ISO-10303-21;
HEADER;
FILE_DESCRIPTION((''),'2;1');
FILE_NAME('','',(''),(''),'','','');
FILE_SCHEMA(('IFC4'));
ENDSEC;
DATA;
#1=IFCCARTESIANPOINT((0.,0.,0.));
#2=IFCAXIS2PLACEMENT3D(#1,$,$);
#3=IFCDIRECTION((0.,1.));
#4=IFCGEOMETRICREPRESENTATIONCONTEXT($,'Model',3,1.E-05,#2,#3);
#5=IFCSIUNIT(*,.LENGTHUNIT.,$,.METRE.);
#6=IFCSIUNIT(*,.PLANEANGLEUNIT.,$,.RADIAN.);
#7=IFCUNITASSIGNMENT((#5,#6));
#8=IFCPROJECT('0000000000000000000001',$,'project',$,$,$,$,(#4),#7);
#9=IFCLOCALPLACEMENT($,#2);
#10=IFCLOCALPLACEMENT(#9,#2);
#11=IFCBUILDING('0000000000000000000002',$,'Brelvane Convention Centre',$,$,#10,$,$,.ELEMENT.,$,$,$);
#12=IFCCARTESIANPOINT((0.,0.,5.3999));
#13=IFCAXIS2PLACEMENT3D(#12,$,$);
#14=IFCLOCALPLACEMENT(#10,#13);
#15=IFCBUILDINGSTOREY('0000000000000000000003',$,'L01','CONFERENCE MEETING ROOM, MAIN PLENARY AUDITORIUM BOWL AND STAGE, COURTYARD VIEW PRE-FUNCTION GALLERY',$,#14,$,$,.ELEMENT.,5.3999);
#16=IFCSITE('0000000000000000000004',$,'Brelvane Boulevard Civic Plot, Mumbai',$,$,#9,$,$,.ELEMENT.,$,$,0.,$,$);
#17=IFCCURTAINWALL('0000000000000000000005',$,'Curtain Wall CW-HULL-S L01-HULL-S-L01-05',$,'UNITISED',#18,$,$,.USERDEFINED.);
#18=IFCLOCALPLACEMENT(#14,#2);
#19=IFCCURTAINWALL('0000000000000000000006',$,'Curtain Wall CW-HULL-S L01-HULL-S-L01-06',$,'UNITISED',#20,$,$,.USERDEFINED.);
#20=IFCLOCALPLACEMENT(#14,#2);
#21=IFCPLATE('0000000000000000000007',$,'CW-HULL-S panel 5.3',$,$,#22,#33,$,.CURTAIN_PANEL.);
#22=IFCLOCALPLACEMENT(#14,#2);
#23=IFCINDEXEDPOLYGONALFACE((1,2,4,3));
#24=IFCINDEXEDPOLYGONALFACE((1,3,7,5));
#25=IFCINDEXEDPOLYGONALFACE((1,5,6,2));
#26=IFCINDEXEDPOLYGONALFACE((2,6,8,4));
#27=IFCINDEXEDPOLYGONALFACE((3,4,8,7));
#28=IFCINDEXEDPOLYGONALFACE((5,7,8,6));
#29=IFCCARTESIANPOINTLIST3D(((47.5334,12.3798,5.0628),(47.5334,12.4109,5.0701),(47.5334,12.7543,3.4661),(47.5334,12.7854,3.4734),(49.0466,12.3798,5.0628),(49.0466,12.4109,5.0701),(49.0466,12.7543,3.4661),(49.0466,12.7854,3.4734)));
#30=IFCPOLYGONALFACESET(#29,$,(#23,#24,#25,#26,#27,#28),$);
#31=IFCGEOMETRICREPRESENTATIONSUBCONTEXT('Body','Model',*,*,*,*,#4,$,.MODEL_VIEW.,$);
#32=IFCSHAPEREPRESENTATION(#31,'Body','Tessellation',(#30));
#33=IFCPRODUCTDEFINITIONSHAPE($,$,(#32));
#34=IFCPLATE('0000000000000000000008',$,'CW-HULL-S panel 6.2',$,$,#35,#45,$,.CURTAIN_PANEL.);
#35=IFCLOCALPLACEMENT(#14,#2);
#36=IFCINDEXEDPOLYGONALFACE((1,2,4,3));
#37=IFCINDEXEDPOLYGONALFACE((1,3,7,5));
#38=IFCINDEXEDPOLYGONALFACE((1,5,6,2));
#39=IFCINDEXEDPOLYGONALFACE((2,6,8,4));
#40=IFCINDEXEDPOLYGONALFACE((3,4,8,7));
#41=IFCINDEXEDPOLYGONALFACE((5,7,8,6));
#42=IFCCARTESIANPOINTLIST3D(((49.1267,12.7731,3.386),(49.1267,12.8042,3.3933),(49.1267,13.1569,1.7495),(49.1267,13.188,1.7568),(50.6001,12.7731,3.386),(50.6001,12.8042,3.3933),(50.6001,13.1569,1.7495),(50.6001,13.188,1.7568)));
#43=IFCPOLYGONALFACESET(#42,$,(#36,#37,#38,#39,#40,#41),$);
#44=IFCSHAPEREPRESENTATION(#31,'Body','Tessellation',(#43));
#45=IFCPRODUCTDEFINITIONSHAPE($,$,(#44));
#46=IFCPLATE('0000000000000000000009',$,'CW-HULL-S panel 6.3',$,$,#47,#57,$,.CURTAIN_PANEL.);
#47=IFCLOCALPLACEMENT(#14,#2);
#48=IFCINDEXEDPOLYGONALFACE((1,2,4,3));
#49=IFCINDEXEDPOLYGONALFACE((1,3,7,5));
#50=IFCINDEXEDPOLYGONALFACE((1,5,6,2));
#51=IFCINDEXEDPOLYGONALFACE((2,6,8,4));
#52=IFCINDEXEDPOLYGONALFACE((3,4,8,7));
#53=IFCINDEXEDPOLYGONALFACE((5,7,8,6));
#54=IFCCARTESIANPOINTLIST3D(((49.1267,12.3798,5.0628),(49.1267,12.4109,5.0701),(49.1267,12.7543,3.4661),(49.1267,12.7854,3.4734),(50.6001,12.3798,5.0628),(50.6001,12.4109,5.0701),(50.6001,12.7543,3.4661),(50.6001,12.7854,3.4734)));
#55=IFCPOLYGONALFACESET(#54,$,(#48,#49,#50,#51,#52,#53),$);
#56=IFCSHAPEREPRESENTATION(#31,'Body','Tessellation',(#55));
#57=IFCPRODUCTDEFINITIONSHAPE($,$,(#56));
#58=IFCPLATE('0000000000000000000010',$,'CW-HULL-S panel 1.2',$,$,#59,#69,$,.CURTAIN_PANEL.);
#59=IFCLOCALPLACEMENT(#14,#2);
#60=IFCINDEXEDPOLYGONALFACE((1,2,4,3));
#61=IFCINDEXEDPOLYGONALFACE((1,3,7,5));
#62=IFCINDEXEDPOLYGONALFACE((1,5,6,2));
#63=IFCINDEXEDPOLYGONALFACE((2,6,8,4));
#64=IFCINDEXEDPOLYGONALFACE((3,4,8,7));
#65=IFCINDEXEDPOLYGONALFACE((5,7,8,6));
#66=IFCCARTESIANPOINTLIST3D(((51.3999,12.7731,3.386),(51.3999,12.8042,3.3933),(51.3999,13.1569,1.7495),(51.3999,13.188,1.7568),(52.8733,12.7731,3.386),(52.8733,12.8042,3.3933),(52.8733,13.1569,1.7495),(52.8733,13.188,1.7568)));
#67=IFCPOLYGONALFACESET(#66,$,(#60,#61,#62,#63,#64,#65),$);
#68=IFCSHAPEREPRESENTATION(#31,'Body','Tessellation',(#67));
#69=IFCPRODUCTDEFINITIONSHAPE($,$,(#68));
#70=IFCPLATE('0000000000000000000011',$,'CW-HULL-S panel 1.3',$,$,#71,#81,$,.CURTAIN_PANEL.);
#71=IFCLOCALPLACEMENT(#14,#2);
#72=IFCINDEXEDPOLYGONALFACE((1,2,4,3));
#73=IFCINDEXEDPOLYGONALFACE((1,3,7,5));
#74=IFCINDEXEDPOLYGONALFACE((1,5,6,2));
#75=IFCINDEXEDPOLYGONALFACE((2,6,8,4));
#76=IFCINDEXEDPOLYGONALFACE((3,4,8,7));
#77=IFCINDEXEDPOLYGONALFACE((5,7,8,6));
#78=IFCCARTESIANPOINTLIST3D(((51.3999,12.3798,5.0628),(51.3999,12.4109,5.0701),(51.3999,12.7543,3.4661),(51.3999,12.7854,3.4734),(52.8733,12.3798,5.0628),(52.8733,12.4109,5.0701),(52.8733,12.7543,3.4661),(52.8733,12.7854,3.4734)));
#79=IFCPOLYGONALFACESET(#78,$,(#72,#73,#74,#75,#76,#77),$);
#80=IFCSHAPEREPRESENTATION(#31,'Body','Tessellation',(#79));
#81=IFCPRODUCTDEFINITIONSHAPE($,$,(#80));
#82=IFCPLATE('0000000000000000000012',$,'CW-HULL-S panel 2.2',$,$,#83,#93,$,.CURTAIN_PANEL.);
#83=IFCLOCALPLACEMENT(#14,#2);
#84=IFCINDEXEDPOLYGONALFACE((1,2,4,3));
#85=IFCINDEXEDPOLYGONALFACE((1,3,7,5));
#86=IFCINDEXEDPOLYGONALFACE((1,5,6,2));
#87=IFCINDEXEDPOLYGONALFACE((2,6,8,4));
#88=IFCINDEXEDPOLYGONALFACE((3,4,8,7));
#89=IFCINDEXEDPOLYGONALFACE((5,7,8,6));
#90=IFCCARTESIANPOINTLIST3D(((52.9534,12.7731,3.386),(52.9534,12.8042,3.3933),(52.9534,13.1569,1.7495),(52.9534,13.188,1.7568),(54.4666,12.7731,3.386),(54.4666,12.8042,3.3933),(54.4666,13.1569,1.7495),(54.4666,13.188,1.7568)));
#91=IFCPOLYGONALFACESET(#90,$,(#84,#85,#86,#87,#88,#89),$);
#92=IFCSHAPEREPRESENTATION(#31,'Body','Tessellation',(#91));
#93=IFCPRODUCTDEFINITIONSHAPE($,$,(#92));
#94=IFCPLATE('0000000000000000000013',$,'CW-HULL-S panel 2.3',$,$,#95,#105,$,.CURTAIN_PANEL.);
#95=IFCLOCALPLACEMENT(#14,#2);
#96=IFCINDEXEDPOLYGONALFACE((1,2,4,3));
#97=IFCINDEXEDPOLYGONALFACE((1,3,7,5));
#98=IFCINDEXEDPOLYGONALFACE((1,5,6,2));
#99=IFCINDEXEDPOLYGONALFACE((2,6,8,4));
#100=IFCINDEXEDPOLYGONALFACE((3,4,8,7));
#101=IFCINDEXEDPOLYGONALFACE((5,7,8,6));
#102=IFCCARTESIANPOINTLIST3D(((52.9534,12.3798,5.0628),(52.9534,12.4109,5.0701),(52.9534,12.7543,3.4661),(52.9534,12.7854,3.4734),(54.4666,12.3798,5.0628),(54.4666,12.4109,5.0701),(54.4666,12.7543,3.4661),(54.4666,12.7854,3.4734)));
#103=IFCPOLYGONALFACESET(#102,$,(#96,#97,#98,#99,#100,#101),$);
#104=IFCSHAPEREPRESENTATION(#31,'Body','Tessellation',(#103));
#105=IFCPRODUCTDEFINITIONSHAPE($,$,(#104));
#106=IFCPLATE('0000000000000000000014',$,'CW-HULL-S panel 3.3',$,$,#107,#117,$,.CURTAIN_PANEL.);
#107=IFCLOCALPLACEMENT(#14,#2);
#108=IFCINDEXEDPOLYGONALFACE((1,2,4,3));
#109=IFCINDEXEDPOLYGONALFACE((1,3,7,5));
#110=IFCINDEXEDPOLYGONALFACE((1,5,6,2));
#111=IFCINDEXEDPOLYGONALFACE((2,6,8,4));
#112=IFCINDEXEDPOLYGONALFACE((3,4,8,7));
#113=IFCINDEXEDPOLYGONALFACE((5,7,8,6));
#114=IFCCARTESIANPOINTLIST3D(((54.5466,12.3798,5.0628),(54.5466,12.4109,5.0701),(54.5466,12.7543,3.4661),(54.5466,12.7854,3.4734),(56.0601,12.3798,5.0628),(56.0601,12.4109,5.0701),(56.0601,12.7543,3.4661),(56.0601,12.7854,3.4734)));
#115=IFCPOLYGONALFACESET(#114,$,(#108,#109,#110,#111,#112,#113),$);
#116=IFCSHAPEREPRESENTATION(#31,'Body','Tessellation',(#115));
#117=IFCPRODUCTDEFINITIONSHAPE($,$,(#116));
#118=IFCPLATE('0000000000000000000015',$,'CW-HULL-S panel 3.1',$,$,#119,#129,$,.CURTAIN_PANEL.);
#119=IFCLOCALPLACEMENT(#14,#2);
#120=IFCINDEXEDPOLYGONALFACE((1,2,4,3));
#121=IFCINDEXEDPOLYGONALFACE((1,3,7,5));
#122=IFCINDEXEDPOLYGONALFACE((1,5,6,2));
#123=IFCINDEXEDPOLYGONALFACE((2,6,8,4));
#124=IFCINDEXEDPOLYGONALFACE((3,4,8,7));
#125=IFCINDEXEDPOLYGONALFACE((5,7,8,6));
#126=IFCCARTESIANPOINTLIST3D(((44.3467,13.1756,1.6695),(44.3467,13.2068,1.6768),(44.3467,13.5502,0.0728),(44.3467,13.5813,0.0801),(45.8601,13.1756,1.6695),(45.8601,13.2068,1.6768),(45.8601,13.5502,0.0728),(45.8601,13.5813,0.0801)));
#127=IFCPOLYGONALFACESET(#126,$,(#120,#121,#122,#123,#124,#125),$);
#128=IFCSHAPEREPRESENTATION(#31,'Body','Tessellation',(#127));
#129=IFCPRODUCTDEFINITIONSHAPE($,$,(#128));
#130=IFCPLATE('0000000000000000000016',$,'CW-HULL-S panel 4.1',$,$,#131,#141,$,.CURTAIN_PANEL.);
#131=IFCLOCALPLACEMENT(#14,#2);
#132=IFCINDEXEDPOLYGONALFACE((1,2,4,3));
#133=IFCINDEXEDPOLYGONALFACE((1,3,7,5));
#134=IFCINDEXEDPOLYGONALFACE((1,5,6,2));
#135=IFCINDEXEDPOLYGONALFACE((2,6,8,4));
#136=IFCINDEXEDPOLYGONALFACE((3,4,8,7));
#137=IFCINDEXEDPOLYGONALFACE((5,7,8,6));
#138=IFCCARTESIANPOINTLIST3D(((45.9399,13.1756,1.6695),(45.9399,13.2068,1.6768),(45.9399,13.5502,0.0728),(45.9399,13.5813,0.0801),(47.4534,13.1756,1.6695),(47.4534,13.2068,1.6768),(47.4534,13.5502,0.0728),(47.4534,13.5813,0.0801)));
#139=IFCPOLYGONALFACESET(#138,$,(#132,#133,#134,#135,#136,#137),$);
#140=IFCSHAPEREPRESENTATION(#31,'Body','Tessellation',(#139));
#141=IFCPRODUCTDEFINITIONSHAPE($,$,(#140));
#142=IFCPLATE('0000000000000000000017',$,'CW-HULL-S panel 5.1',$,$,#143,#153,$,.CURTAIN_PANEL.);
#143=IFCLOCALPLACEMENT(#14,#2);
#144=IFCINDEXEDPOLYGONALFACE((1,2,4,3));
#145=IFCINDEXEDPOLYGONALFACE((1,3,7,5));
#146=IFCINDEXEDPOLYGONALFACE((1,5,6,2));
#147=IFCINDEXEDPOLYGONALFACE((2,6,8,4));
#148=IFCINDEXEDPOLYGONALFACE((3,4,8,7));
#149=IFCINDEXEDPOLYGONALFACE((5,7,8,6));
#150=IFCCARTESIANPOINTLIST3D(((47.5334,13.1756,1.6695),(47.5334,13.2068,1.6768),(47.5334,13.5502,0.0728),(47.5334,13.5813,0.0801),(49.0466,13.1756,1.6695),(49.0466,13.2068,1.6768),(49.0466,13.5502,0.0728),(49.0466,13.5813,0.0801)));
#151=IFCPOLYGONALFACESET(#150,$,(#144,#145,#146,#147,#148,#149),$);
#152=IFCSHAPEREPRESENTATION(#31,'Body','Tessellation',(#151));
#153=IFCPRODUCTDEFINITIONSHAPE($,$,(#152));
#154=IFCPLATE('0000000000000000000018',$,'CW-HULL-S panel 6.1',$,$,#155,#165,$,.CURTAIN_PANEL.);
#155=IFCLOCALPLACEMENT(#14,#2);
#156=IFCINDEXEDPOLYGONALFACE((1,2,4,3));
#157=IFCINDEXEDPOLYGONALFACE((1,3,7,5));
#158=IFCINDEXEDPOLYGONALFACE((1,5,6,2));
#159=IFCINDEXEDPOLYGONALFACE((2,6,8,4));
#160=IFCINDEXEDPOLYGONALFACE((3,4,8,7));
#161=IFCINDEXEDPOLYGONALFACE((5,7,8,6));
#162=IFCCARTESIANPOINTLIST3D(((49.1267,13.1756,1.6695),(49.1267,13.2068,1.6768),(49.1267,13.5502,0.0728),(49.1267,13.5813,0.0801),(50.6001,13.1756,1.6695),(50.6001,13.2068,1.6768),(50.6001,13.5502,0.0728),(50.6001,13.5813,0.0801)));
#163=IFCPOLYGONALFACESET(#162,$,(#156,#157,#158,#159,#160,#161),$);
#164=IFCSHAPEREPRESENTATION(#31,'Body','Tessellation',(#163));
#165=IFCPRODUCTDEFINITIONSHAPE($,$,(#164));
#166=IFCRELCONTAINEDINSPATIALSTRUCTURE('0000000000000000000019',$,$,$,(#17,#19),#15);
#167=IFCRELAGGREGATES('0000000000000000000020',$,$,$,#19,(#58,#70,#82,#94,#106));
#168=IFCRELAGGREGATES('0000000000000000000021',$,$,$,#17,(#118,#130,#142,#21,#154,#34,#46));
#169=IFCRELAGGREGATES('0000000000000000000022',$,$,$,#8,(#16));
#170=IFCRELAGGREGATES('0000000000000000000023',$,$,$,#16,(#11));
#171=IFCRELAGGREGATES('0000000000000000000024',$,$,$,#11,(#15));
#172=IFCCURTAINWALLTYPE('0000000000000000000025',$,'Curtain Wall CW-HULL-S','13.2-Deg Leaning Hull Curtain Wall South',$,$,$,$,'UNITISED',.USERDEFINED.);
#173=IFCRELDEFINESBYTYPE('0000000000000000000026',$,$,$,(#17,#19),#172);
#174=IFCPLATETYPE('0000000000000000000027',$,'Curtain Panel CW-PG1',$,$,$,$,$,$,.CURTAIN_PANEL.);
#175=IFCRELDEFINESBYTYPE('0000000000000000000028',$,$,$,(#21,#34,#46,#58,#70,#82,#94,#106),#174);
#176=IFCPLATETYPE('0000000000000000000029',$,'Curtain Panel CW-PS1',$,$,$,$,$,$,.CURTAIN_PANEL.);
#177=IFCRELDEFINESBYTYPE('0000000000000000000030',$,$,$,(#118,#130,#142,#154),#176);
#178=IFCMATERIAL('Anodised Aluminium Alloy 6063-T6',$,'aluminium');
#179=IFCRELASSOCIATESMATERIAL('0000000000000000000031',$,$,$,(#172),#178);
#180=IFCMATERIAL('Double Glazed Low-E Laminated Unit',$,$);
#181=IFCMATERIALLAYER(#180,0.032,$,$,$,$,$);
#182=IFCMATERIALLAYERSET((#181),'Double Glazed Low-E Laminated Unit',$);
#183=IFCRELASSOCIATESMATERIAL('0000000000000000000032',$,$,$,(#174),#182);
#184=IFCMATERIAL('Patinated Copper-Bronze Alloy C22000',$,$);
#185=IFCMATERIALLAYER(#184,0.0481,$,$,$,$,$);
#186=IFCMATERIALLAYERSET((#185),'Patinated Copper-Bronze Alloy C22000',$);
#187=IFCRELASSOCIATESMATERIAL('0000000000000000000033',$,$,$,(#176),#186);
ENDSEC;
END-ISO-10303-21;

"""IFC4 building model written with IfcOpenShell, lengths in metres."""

from ifc_helpers import new_model, si_unit, direction, frame, origin, place, context, subcontext, project, spatial, polyline, outline, extrude, material, layer, layer_set, type_object, element, aggregate, save


model = new_model("IFC4")

# Units and contexts
model_context = context("Model", 3, precision=1e-05, world=origin(), true_north=direction((0.0, 1.0)))
body_context = subcontext(model_context, "Body", "Model", "MODEL_VIEW")
ifc_project = project(units=[si_unit("LENGTHUNIT", "METRE"), si_unit("PLANEANGLEUNIT", "RADIAN")], contexts=[model_context])

# Site, building, storey
site_placement = place(None, origin())
site = spatial("IfcSite", under=ifc_project, at=site_placement, Name="Brelvane Boulevard Civic Plot, Mumbai", CompositionType="ELEMENT", RefElevation=0.0)
building_placement = place(site_placement, origin())
building = spatial("IfcBuilding", under=site, at=building_placement, Name="Brelvane Convention Centre", CompositionType="ELEMENT")
storey_placement = place(building_placement, frame((0.0, 0.0, 5.3999)))
storey = spatial("IfcBuildingStorey", under=building, at=storey_placement, Name="L01", Description="CONFERENCE MEETING ROOM, MAIN PLENARY AUDITORIUM BOWL AND STAGE, COURTYARD VIEW PRE-FUNCTION GALLERY", CompositionType="ELEMENT", Elevation=5.3999)

# Curtain walls
ifc_material_1 = material(Name="Anodised Aluminium Alloy 6063-T6", Category="aluminium")
curtain_wall_type = type_object("IfcCurtainWallType", Name="Curtain Wall CW-HULL-S", Description="13.2-Deg Leaning Hull Curtain Wall South", ElementType="UNITISED", PredefinedType="USERDEFINED", material=ifc_material_1)
curtain_wall_1_placement = place(storey_placement, origin())
curtain_wall_1 = element("IfcCurtainWall", 1, at=curtain_wall_1_placement, inside=storey, type_object=curtain_wall_type, Name="Curtain Wall CW-HULL-S L01-HULL-S-L01-05", ObjectType="UNITISED", PredefinedType="USERDEFINED")
curtain_wall_2_placement = place(storey_placement, origin())
curtain_wall_2 = element("IfcCurtainWall", 2, at=curtain_wall_2_placement, inside=storey, type_object=curtain_wall_type, Name="Curtain Wall CW-HULL-S L01-HULL-S-L01-06", ObjectType="UNITISED", PredefinedType="USERDEFINED")

# Plates
ifc_material_2 = material(Name="Double Glazed Low-E Laminated Unit")
ifc_layer_1 = layer(ifc_material_2, 0.032)
ifc_layer_set_1 = layer_set([ifc_layer_1], Name="Double Glazed Low-E Laminated Unit")
plate_type_1 = type_object("IfcPlateType", Name="Curtain Panel CW-PG1", PredefinedType="CURTAIN_PANEL", material=ifc_layer_set_1)
plate_1_placement = place(storey_placement, frame((47.5334, 12.7854, 3.4734), z_axis=(0.0, 0.973577, 0.228359), x_axis=(1.0, 0.0, 0.0)))
plate_1 = element("IfcPlate", 3, at=plate_1_placement, type_object=plate_type_1, Name="CW-HULL-S panel 5.3", PredefinedType="CURTAIN_PANEL", context=body_context, shape_type="SweptSolid", body=[
    extrude(outline(polyline([(0.0, 0.0), (1.5132, 0.0), (1.5132, -1.64), (0.0, -1.64), (0.0, 0.0)])), origin(), (0.0, 0.0, -1.0), 0.032),
])
plate_2_placement = place(storey_placement, frame((49.1267, 13.188, 1.7568), z_axis=(0.0, 0.973585, 0.228327), x_axis=(1.0, 0.0, 0.0)))
plate_2 = element("IfcPlate", 4, at=plate_2_placement, type_object=plate_type_1, Name="CW-HULL-S panel 6.2", PredefinedType="CURTAIN_PANEL", context=body_context, shape_type="SweptSolid", body=[
    extrude(outline(polyline([(0.0, 0.0), (1.4734, 0.0), (1.4734, -1.6809), (0.0, -1.6809), (0.0, 0.0)])), origin(), (0.0, 0.0, -1.0), 0.032),
])
plate_3_placement = place(storey_placement, frame((49.1267, 12.7854, 3.4734), z_axis=(0.0, 0.973577, 0.228359), x_axis=(1.0, 0.0, 0.0)))
plate_3 = element("IfcPlate", 5, at=plate_3_placement, type_object=plate_type_1, Name="CW-HULL-S panel 6.3", PredefinedType="CURTAIN_PANEL", context=body_context, shape_type="SweptSolid", body=[
    extrude(outline(polyline([(0.0, 0.0), (1.4734, 0.0), (1.4734, -1.64), (0.0, -1.64), (0.0, 0.0)])), origin(), (0.0, 0.0, -1.0), 0.032),
])
plate_4_placement = place(storey_placement, frame((51.3999, 13.188, 1.7568), z_axis=(0.0, 0.973585, 0.228327), x_axis=(1.0, 0.0, 0.0)))
plate_4 = element("IfcPlate", 6, at=plate_4_placement, type_object=plate_type_1, Name="CW-HULL-S panel 1.2", PredefinedType="CURTAIN_PANEL", context=body_context, shape_type="SweptSolid", body=[
    extrude(outline(polyline([(0.0, 0.0), (1.4734, 0.0), (1.4734, -1.6809), (0.0, -1.6809), (0.0, 0.0)])), origin(), (0.0, 0.0, -1.0), 0.032),
])
plate_5_placement = place(storey_placement, frame((51.3999, 12.7854, 3.4734), z_axis=(0.0, 0.973577, 0.228359), x_axis=(1.0, 0.0, 0.0)))
plate_5 = element("IfcPlate", 7, at=plate_5_placement, type_object=plate_type_1, Name="CW-HULL-S panel 1.3", PredefinedType="CURTAIN_PANEL", context=body_context, shape_type="SweptSolid", body=[
    extrude(outline(polyline([(0.0, 0.0), (1.4734, 0.0), (1.4734, -1.64), (0.0, -1.64), (0.0, 0.0)])), origin(), (0.0, 0.0, -1.0), 0.032),
])
plate_6_placement = place(storey_placement, frame((52.9534, 13.188, 1.7568), z_axis=(0.0, 0.973585, 0.228327), x_axis=(1.0, 0.0, 0.0)))
plate_6 = element("IfcPlate", 8, at=plate_6_placement, type_object=plate_type_1, Name="CW-HULL-S panel 2.2", PredefinedType="CURTAIN_PANEL", context=body_context, shape_type="SweptSolid", body=[
    extrude(outline(polyline([(0.0, 0.0), (1.5132, 0.0), (1.5132, -1.6809), (0.0, -1.6809), (0.0, 0.0)])), origin(), (0.0, 0.0, -1.0), 0.032),
])
plate_7_placement = place(storey_placement, frame((52.9534, 12.7854, 3.4734), z_axis=(0.0, 0.973577, 0.228359), x_axis=(1.0, 0.0, 0.0)))
plate_7 = element("IfcPlate", 9, at=plate_7_placement, type_object=plate_type_1, Name="CW-HULL-S panel 2.3", PredefinedType="CURTAIN_PANEL", context=body_context, shape_type="SweptSolid", body=[
    extrude(outline(polyline([(0.0, 0.0), (1.5132, 0.0), (1.5132, -1.64), (0.0, -1.64), (0.0, 0.0)])), origin(), (0.0, 0.0, -1.0), 0.032),
])
plate_8_placement = place(storey_placement, frame((54.5466, 12.7854, 3.4734), z_axis=(0.0, 0.973577, 0.228359), x_axis=(1.0, 0.0, 0.0)))
plate_8 = element("IfcPlate", 10, at=plate_8_placement, type_object=plate_type_1, Name="CW-HULL-S panel 3.3", PredefinedType="CURTAIN_PANEL", context=body_context, shape_type="SweptSolid", body=[
    extrude(outline(polyline([(0.0, 0.0), (1.5134, 0.0), (1.5134, -1.64), (0.0, -1.64), (0.0, 0.0)])), origin(), (0.0, 0.0, -1.0), 0.032),
])
aggregate(curtain_wall_2, [plate_4, plate_5, plate_6, plate_7, plate_8])
ifc_material_3 = material(Name="Patinated Copper-Bronze Alloy C22000")
ifc_layer_2 = layer(ifc_material_3, 0.0481)
ifc_layer_set_2 = layer_set([ifc_layer_2], Name="Patinated Copper-Bronze Alloy C22000")
plate_type_2 = type_object("IfcPlateType", Name="Curtain Panel CW-PS1", PredefinedType="CURTAIN_PANEL", material=ifc_layer_set_2)
plate_9_placement = place(storey_placement, frame((44.3467, 13.5813, 0.0801), z_axis=(0.0, 0.973577, 0.228359), x_axis=(1.0, 0.0, 0.0)))
plate_9 = element("IfcPlate", 11, at=plate_9_placement, type_object=plate_type_2, Name="CW-HULL-S panel 3.1", PredefinedType="CURTAIN_PANEL", context=body_context, shape_type="SweptSolid", body=[
    extrude(outline(polyline([(0.0, 0.0), (1.5134, 0.0), (1.5134, -1.64), (0.0, -1.64), (0.0, 0.0)])), origin(), (0.0, 0.0, -1.0), 0.032),
])
plate_10_placement = place(storey_placement, frame((45.9399, 13.5813, 0.0801), z_axis=(0.0, 0.973577, 0.228359), x_axis=(1.0, 0.0, 0.0)))
plate_10 = element("IfcPlate", 12, at=plate_10_placement, type_object=plate_type_2, Name="CW-HULL-S panel 4.1", PredefinedType="CURTAIN_PANEL", context=body_context, shape_type="SweptSolid", body=[
    extrude(outline(polyline([(0.0, 0.0), (1.5134, 0.0), (1.5134, -1.64), (0.0, -1.64), (0.0, 0.0)])), origin(), (0.0, 0.0, -1.0), 0.032),
])
plate_11_placement = place(storey_placement, frame((47.5334, 13.5813, 0.0801), z_axis=(0.0, 0.973577, 0.228359), x_axis=(1.0, 0.0, 0.0)))
plate_11 = element("IfcPlate", 13, at=plate_11_placement, type_object=plate_type_2, Name="CW-HULL-S panel 5.1", PredefinedType="CURTAIN_PANEL", context=body_context, shape_type="SweptSolid", body=[
    extrude(outline(polyline([(0.0, 0.0), (1.5132, 0.0), (1.5132, -1.64), (0.0, -1.64), (0.0, 0.0)])), origin(), (0.0, 0.0, -1.0), 0.032),
])
plate_12_placement = place(storey_placement, frame((49.1267, 13.5813, 0.0801), z_axis=(0.0, 0.973577, 0.228359), x_axis=(1.0, 0.0, 0.0)))
plate_12 = element("IfcPlate", 14, at=plate_12_placement, type_object=plate_type_2, Name="CW-HULL-S panel 6.1", PredefinedType="CURTAIN_PANEL", context=body_context, shape_type="SweptSolid", body=[
    extrude(outline(polyline([(0.0, 0.0), (1.4734, 0.0), (1.4734, -1.64), (0.0, -1.64), (0.0, 0.0)])), origin(), (0.0, 0.0, -1.0), 0.032),
])
aggregate(curtain_wall_1, [plate_9, plate_10, plate_11, plate_1, plate_12, plate_2, plate_3])

save(model, "model.ifc")
